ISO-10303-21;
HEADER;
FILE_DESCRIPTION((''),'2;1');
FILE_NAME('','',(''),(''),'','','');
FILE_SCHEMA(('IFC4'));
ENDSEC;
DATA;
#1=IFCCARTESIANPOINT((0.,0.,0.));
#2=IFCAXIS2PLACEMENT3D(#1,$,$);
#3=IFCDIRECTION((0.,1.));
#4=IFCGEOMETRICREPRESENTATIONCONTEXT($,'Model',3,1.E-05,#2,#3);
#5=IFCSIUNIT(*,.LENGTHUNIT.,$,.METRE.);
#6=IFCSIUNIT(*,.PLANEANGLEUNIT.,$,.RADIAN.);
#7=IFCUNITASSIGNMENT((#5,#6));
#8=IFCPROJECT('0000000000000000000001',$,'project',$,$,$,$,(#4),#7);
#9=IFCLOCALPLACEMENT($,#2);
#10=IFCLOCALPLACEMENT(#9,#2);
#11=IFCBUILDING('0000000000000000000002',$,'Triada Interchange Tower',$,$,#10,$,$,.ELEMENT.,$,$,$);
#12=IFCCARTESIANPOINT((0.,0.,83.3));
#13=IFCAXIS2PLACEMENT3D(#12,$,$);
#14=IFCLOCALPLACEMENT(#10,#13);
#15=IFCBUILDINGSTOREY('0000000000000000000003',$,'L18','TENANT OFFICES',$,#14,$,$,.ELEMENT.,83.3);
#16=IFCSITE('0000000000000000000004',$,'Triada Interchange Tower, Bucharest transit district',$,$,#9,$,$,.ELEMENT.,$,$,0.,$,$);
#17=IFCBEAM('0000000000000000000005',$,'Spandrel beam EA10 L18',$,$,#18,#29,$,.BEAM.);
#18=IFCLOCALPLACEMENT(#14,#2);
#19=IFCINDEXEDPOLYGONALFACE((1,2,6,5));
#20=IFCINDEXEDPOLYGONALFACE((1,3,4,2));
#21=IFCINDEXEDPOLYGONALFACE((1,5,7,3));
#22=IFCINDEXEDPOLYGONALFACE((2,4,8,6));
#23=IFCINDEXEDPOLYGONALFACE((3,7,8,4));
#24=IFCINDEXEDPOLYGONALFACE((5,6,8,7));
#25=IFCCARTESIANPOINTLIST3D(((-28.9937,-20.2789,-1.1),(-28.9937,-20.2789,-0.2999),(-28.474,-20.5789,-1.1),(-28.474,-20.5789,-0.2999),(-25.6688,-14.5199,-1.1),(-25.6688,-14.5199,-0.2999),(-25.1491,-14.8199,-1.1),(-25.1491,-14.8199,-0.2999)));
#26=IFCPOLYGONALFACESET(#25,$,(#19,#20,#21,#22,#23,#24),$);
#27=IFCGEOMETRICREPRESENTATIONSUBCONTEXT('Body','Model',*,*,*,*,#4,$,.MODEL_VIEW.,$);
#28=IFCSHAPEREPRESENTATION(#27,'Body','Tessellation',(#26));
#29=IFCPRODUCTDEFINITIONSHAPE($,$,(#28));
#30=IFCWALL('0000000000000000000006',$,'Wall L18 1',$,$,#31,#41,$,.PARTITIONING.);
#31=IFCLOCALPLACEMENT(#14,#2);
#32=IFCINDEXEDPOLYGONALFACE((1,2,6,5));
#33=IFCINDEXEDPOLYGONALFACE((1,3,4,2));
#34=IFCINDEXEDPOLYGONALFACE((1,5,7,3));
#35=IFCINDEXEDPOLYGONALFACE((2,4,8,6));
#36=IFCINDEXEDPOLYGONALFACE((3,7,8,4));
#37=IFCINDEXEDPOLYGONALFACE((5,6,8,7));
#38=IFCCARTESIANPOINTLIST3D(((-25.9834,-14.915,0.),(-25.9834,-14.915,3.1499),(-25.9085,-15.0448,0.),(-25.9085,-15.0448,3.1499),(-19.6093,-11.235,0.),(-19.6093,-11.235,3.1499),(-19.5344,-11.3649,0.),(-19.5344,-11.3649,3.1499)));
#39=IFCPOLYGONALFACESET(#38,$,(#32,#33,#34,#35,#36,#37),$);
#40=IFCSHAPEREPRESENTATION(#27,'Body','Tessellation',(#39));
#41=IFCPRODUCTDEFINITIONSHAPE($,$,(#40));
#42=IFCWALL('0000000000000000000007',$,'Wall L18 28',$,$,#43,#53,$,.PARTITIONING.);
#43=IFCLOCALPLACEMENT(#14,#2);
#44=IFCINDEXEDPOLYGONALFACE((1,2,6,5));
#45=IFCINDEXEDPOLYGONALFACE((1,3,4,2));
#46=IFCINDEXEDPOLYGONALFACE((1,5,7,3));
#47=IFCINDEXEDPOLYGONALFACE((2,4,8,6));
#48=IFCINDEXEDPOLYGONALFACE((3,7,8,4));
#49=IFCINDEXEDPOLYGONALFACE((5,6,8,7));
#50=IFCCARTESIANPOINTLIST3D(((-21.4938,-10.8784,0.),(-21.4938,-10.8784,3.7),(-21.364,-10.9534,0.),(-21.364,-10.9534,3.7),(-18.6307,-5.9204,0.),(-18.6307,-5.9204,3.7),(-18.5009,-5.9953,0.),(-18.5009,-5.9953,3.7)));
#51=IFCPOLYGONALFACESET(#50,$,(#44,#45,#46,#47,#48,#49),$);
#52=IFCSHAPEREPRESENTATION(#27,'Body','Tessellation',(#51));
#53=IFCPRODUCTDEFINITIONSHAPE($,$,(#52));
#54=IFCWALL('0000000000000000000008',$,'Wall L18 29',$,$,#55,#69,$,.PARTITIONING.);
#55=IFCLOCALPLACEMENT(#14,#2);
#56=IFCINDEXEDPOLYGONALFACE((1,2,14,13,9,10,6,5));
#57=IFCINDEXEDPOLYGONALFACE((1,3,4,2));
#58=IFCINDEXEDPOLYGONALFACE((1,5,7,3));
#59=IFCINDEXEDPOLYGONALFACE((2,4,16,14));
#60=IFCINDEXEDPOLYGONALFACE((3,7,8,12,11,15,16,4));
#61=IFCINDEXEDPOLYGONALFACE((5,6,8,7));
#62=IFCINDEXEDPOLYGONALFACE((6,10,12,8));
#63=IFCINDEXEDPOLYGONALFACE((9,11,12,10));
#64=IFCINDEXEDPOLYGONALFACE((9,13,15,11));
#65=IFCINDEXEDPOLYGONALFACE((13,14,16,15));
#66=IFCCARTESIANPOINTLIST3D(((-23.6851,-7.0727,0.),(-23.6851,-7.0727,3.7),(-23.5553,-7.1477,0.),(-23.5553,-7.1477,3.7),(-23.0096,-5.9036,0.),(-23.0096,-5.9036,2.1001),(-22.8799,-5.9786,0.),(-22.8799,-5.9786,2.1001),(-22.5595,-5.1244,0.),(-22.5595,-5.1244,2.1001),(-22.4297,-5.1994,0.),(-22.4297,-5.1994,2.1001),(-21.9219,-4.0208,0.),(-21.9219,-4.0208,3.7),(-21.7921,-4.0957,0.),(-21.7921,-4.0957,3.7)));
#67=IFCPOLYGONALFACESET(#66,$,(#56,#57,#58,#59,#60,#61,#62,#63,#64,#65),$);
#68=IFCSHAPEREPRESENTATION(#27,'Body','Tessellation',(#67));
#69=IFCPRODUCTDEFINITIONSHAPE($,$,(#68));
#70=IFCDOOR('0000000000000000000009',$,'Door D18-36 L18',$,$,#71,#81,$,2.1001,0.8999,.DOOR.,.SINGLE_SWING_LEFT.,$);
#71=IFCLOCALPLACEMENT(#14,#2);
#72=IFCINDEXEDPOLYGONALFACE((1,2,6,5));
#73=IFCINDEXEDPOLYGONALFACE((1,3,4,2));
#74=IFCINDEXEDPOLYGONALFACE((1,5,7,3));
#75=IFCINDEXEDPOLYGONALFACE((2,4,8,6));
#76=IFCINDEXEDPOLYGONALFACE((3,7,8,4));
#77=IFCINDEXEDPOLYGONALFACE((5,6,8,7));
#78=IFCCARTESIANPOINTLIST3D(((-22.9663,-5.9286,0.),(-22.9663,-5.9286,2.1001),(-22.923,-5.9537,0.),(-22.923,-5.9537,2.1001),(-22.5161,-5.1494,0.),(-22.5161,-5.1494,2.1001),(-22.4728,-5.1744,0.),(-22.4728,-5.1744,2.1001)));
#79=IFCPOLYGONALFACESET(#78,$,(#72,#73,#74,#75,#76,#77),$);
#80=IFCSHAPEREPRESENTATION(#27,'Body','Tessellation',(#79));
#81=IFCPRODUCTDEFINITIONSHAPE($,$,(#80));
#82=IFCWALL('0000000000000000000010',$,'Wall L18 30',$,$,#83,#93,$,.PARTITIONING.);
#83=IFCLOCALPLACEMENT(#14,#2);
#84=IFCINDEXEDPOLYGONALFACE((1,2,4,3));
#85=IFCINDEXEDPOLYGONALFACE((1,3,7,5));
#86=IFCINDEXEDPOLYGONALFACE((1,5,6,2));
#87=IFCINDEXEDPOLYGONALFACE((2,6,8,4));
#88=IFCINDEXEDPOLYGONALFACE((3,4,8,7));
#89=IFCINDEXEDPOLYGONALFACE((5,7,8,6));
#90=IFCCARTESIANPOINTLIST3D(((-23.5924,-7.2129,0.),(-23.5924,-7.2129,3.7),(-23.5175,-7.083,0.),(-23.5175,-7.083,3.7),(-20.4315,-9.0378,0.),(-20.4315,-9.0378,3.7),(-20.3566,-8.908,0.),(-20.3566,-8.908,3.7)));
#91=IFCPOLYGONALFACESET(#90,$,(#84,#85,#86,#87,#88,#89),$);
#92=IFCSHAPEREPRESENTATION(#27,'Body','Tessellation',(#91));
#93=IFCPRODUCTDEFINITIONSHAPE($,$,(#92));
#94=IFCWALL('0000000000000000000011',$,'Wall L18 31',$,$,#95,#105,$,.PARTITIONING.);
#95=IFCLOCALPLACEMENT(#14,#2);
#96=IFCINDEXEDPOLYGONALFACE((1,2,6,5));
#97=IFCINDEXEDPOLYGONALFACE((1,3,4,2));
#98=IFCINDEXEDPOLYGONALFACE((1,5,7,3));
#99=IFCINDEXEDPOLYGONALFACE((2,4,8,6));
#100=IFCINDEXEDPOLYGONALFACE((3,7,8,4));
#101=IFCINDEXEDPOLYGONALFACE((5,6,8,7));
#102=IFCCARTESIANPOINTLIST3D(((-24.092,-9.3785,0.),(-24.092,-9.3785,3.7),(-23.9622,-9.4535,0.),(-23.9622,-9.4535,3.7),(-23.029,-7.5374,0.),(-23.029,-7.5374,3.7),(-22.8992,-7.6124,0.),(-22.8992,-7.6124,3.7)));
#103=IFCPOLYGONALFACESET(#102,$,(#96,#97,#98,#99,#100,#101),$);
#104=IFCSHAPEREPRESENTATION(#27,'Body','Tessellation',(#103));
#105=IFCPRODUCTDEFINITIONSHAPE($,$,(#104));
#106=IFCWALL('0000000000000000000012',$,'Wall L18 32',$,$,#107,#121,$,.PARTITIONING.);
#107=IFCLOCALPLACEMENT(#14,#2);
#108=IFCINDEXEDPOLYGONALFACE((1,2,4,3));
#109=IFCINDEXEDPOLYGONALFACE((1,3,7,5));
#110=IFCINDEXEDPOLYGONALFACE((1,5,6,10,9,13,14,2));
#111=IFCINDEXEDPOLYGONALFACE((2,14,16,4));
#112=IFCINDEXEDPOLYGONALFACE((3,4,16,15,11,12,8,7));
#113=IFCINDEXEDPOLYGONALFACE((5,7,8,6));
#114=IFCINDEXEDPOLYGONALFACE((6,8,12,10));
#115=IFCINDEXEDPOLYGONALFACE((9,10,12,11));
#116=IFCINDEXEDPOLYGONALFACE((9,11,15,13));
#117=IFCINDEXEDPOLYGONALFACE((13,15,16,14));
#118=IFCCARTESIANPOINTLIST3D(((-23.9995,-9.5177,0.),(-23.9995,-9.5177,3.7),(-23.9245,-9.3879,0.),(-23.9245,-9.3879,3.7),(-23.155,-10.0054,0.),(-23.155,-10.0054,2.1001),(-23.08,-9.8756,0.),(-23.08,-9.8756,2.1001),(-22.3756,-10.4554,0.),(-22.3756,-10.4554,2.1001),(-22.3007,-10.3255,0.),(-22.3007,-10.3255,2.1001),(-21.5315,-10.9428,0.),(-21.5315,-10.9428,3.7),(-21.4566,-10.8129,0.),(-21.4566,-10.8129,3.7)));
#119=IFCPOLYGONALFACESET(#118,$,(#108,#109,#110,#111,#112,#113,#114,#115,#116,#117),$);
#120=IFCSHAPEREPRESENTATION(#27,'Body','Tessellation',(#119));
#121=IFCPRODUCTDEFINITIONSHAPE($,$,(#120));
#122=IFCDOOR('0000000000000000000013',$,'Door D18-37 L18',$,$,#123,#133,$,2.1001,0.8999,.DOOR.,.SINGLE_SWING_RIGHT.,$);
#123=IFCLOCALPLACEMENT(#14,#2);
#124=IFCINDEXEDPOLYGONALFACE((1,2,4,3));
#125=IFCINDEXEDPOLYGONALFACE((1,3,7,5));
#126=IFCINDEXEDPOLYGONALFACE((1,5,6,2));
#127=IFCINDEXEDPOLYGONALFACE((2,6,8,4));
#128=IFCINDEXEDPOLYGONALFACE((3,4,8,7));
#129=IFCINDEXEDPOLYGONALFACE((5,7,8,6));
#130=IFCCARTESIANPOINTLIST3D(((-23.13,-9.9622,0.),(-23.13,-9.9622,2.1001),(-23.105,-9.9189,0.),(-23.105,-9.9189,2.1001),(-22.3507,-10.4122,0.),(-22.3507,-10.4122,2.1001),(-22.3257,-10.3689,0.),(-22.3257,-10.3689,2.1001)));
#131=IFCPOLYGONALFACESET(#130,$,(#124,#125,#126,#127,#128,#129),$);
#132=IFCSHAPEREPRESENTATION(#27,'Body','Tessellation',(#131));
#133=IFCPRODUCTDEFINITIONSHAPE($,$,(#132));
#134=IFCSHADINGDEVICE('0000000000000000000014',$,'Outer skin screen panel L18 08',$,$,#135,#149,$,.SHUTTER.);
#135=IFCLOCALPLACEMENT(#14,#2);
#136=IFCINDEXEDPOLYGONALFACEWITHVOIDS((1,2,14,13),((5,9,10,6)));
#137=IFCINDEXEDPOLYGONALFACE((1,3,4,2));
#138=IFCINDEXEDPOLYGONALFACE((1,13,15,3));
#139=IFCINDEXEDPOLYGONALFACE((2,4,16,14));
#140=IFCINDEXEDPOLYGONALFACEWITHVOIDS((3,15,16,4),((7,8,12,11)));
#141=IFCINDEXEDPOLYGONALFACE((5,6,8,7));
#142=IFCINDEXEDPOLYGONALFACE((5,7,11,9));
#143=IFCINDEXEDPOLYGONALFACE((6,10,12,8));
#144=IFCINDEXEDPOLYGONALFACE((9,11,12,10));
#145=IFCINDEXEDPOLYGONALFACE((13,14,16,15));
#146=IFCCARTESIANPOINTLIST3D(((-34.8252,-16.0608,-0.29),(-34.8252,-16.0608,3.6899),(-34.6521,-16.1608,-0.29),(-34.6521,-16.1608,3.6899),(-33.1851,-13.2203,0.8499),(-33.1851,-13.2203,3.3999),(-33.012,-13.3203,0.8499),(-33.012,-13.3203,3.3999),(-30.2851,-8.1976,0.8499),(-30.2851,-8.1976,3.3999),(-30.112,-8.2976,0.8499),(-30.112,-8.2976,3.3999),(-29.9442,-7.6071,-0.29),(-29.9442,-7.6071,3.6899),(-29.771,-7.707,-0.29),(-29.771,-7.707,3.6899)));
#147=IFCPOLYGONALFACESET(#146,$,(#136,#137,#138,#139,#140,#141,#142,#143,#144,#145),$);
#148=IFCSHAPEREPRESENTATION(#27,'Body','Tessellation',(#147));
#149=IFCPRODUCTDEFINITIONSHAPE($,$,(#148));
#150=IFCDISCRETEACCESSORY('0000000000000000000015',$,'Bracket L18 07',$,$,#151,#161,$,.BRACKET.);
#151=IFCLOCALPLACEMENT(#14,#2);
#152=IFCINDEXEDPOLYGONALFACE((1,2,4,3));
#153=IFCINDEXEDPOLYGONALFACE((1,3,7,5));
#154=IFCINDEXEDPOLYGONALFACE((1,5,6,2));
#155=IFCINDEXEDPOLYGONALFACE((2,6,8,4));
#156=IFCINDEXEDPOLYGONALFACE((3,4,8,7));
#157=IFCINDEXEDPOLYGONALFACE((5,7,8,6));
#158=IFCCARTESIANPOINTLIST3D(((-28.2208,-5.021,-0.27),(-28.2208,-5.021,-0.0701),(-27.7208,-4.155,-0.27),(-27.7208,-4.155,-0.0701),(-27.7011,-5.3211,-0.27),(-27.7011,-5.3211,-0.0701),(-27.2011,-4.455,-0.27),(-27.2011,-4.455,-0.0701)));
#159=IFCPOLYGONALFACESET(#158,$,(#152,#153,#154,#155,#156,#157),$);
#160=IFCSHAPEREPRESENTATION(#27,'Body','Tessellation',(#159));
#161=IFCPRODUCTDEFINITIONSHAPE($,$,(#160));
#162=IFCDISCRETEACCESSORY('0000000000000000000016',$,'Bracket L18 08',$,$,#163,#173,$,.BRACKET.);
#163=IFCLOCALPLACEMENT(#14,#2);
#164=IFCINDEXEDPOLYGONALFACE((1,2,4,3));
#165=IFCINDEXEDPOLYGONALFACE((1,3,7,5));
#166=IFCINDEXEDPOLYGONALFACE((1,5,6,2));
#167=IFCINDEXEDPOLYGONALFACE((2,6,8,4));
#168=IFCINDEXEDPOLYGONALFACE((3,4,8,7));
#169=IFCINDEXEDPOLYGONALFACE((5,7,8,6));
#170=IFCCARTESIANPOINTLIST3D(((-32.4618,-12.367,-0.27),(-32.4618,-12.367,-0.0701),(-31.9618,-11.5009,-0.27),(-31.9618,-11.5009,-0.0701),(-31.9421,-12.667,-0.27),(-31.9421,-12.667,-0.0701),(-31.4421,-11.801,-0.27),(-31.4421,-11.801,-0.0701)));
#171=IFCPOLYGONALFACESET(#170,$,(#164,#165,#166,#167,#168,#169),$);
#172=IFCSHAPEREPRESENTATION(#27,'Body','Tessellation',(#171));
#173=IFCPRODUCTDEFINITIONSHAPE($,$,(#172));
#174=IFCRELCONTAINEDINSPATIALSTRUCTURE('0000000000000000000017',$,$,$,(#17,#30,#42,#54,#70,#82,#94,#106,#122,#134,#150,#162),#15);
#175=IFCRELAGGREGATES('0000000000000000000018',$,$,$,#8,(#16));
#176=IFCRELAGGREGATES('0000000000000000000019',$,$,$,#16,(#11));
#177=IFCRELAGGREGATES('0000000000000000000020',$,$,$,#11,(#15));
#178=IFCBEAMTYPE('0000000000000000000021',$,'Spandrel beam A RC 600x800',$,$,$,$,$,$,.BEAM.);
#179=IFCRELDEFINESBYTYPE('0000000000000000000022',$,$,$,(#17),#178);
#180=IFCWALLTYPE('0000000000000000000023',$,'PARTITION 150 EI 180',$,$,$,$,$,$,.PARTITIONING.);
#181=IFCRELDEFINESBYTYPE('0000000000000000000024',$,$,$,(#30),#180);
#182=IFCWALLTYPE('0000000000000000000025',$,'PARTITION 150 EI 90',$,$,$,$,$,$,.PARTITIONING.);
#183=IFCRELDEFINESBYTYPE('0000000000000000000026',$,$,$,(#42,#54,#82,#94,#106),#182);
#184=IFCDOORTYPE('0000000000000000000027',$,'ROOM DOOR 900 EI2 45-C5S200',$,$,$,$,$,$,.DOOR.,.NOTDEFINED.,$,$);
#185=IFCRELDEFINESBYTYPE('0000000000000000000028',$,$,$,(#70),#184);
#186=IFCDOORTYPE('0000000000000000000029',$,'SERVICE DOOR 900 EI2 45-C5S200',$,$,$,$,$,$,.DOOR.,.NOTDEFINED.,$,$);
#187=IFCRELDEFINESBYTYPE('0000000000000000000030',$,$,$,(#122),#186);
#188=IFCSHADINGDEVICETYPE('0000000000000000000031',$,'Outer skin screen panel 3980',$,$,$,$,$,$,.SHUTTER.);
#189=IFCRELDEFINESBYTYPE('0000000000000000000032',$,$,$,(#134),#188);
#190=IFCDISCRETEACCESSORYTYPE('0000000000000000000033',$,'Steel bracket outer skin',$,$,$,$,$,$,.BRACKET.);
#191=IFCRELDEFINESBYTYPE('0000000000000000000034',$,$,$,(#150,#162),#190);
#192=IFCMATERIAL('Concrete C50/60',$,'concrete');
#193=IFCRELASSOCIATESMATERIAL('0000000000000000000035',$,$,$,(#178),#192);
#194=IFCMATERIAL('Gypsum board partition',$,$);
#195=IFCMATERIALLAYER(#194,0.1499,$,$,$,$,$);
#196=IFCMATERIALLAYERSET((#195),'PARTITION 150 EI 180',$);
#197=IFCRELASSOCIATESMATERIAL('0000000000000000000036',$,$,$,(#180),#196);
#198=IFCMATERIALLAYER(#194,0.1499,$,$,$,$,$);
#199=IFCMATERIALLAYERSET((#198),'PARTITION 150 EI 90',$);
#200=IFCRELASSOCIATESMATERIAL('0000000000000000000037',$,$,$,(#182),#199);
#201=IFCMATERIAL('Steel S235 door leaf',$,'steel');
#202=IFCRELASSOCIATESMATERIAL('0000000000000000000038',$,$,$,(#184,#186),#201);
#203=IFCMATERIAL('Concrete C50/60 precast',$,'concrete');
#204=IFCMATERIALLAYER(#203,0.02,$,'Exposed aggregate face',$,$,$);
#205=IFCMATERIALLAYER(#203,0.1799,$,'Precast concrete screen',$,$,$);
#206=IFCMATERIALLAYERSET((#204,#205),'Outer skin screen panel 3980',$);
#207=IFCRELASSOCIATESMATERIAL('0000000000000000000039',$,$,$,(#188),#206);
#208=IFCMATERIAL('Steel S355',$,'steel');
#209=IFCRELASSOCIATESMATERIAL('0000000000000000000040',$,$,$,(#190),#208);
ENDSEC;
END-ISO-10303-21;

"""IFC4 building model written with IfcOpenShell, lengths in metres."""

from ifc_helpers import new_model, si_unit, direction, frame, frame_2d, origin, origin_2d, place, context, subcontext, project, spatial, polyline, rectangle, outline, extrude, material, layer, layer_set, material_profile, profile_set, type_object, element, fill, save


model = new_model("IFC4")

# Units and contexts
model_context = context("Model", 3, precision=1e-05, world=origin(), true_north=direction((0.0, 1.0)))
body_context = subcontext(model_context, "Body", "Model", "MODEL_VIEW")
ifc_project = project(units=[si_unit("LENGTHUNIT", "METRE"), si_unit("PLANEANGLEUNIT", "RADIAN")], contexts=[model_context])

# Site, building, storey
site_placement = place(None, origin())
site = spatial("IfcSite", under=ifc_project, at=site_placement, Name="Triada Interchange Tower, Bucharest transit district", CompositionType="ELEMENT", RefElevation=0.0)
building_placement = place(site_placement, origin())
building = spatial("IfcBuilding", under=site, at=building_placement, Name="Triada Interchange Tower", CompositionType="ELEMENT")
storey_placement = place(building_placement, frame((0.0, 0.0, 83.3)))
storey = spatial("IfcBuildingStorey", under=building, at=storey_placement, Name="L18", Description="TENANT OFFICES", CompositionType="ELEMENT", Elevation=83.3)

# Beam
ifc_material_1 = material(Name="Concrete C50/60", Category="concrete")
ifc_material_profile_1 = material_profile(ifc_material_1, rectangle(XDim=0.6001, YDim=0.8, at=origin_2d()), Name="RC 600x800")
ifc_profile_set_1 = profile_set([ifc_material_profile_1], Name="Concrete C50/60")
beam_type_1 = type_object("IfcBeamType", Name="Spandrel beam A RC 600x800", PredefinedType="BEAM", material=ifc_profile_set_1)
beam_1_placement = place(storey_placement, frame((-25.4089, -14.6699, -0.7), z_axis=(-0.499997, -0.866027, 0.0), x_axis=(0.866027, -0.499997, 0.0)))
element("IfcBeam", 1, at=beam_1_placement, inside=storey, type_object=beam_type_1, Name="Spandrel beam EA10 L18", PredefinedType="BEAM", context=body_context, shape_type="SweptSolid", body=[
    extrude(rectangle(XDim=0.6001, YDim=0.8, at=origin_2d()), origin(), (0.0, 0.0, 1.0), 6.6499),
])

# Walls
ifc_material_2 = material(Name="Gypsum board partition")
ifc_layer_1 = layer(ifc_material_2, 0.1499)
ifc_layer_set_1 = layer_set([ifc_layer_1], Name="PARTITION 150 EI 180")
wall_type_1 = type_object("IfcWallType", Name="PARTITION 150 EI 180", PredefinedType="PARTITIONING", material=ifc_layer_set_1)
wall_1_placement = place(storey_placement, frame((-25.946, -14.98, 0.0), z_axis=(0.0, 0.0, 1.0), x_axis=(0.866032, 0.499989, 0.0)))
element("IfcWall", 2, at=wall_1_placement, inside=storey, type_object=wall_type_1, Name="Wall L18 1", PredefinedType="PARTITIONING", context=body_context, shape_type="SweptSolid", body=[
    extrude(rectangle(XDim=7.3601, YDim=0.1499, at=frame_2d((3.6802, 0.0))), origin(), (0.0, 0.0, 1.0), 3.1499),
])
ifc_layer_2 = layer(ifc_material_2, 0.1499)
ifc_layer_set_2 = layer_set([ifc_layer_2], Name="PARTITION 150 EI 90")
wall_type_2 = type_object("IfcWallType", Name="PARTITION 150 EI 90", PredefinedType="PARTITIONING", material=ifc_layer_set_2)
wall_2_placement = place(storey_placement, frame((-21.429, -10.916, 0.0), z_axis=(0.0, 0.0, 1.0), x_axis=(0.500069, 0.865985, 0.0)))
element("IfcWall", 3, at=wall_2_placement, inside=storey, type_object=wall_type_2, Name="Wall L18 28", PredefinedType="PARTITIONING", context=body_context, shape_type="SweptSolid", body=[
    extrude(rectangle(XDim=5.7253, YDim=0.1499, at=frame_2d((2.8628, 0.0))), origin(), (0.0, 0.0, 1.0), 3.7),
])

# Wall, opening, door
wall_3_placement = place(storey_placement, frame((-23.6201, -7.1101, 0.0), z_axis=(0.0, 0.0, 1.0), x_axis=(0.500236, 0.865889, 0.0)))
wall_3 = element("IfcWall", 4, at=wall_3_placement, inside=storey, type_object=wall_type_2, Name="Wall L18 29", PredefinedType="PARTITIONING", context=body_context, shape_type="SweptSolid", body=[
    extrude(rectangle(XDim=3.5247, YDim=0.1499, at=frame_2d((1.7622, 0.0))), origin(), (0.0, 0.0, 1.0), 3.7),
])
opening_1_placement = place(wall_3_placement, frame((1.3501, 0.0, 0.0)))
opening_1 = element("IfcOpeningElement", 5, at=opening_1_placement, cuts=wall_3, PredefinedType="OPENING", context=body_context, shape_type="SweptSolid", body=[
    extrude(rectangle(XDim=0.8999, YDim=2.1001, at=frame_2d((0.45, 1.05))), frame((0.0, 0.085, 0.0), z_axis=(0.0, -1.0, 0.0), x_axis=(1.0, 0.0, 0.0)), (0.0, 0.0, 1.0), 0.1699),
])
ifc_material_3 = material(Name="Steel S235 door leaf", Category="steel")
door_type_1 = type_object("IfcDoorType", Name="ROOM DOOR 900 EI2 45-C5S200", OperationType="NOTDEFINED", PredefinedType="DOOR", material=ifc_material_3)
door_1_placement = place(opening_1_placement, origin())
door_1 = element("IfcDoor", 6, at=door_1_placement, inside=storey, type_object=door_type_1, Name="Door D18-36 L18", OperationType="SINGLE_SWING_LEFT", OverallHeight=2.1001, OverallWidth=0.8999, PredefinedType="DOOR", context=body_context, shape_type="SweptSolid", body=[
    extrude(rectangle(XDim=0.8999, YDim=2.1001, at=frame_2d((0.45, 1.05))), frame((0.0, 0.0249, 0.0), z_axis=(0.0, -1.0, 0.0), x_axis=(1.0, 0.0, 0.0)), (0.0, 0.0, 1.0), 0.05),
])
fill(opening_1, door_1)

# Walls
wall_4_placement = place(storey_placement, frame((-23.5549, -7.1479, 0.0), z_axis=(0.0, 0.0, 1.0), x_axis=(0.866024, -0.500002, 0.0)))
element("IfcWall", 7, at=wall_4_placement, inside=storey, type_object=wall_type_2, Name="Wall L18 30", PredefinedType="PARTITIONING", context=body_context, shape_type="SweptSolid", body=[
    extrude(rectangle(XDim=3.6499, YDim=0.1499, at=frame_2d((1.825, 0.0))), origin(), (0.0, 0.0, 1.0), 3.7),
])
wall_5_placement = place(storey_placement, frame((-24.0271, -9.416, 0.0), z_axis=(0.0, 0.0, 1.0), x_axis=(0.500017, 0.866015, 0.0)))
element("IfcWall", 8, at=wall_5_placement, inside=storey, type_object=wall_type_2, Name="Wall L18 31", PredefinedType="PARTITIONING", context=body_context, shape_type="SweptSolid", body=[
    extrude(rectangle(XDim=2.126, YDim=0.1499, at=frame_2d((1.063, 0.0))), origin(), (0.0, 0.0, 1.0), 3.7),
])

# Wall, opening, door
wall_6_placement = place(storey_placement, frame((-23.9619, -9.4529, 0.0), z_axis=(0.0, 0.0, 1.0), x_axis=(0.866004, -0.500036, 0.0)))
wall_6 = element("IfcWall", 9, at=wall_6_placement, inside=storey, type_object=wall_type_2, Name="Wall L18 32", PredefinedType="PARTITIONING", context=body_context, shape_type="SweptSolid", body=[
    extrude(rectangle(XDim=2.8499, YDim=0.1499, at=frame_2d((1.4248, 0.0))), origin(), (0.0, 0.0, 1.0), 3.7),
])
opening_2_placement = place(wall_6_placement, frame((0.9751, 0.0, 0.0)))
opening_2 = element("IfcOpeningElement", 10, at=opening_2_placement, cuts=wall_6, PredefinedType="OPENING", context=body_context, shape_type="SweptSolid", body=[
    extrude(rectangle(XDim=0.8999, YDim=2.1001, at=frame_2d((0.45, 1.05))), frame((0.0, 0.085, 0.0), z_axis=(0.0, -1.0, 0.0), x_axis=(1.0, 0.0, 0.0)), (0.0, 0.0, 1.0), 0.1699),
])
door_type_2 = type_object("IfcDoorType", Name="SERVICE DOOR 900 EI2 45-C5S200", OperationType="NOTDEFINED", PredefinedType="DOOR", material=ifc_material_3)
door_2_placement = place(opening_2_placement, origin())
door_2 = element("IfcDoor", 11, at=door_2_placement, inside=storey, type_object=door_type_2, Name="Door D18-37 L18", OperationType="SINGLE_SWING_RIGHT", OverallHeight=2.1001, OverallWidth=0.8999, PredefinedType="DOOR", context=body_context, shape_type="SweptSolid", body=[
    extrude(rectangle(XDim=0.8999, YDim=2.1001, at=frame_2d((0.45, 1.05))), frame((0.0, 0.0249, 0.0), z_axis=(0.0, -1.0, 0.0), x_axis=(1.0, 0.0, 0.0)), (0.0, 0.0, 1.0), 0.05),
])
fill(opening_2, door_2)

# Shading device
ifc_material_4 = material(Name="Concrete C50/60 precast", Category="concrete")
ifc_layer_3 = layer(ifc_material_4, 0.02, Name="Exposed aggregate face")
ifc_layer_4 = layer(ifc_material_4, 0.1799, Name="Precast concrete screen")
ifc_layer_set_3 = layer_set([ifc_layer_3, ifc_layer_4], Name="Outer skin screen panel 3980")
shading_device_type = type_object("IfcShadingDeviceType", Name="Outer skin screen panel 3980", PredefinedType="SHUTTER", material=ifc_layer_set_3)
shading_device_placement = place(storey_placement, frame((-29.771, -7.707, -0.29), z_axis=(0.0, 0.0, 1.0), x_axis=(-0.50002, -0.866014, 0.0)))
element("IfcShadingDevice", 12, at=shading_device_placement, inside=storey, type_object=shading_device_type, Name="Outer skin screen panel L18 08", PredefinedType="SHUTTER", context=body_context, shape_type="SweptSolid", body=[
    extrude(outline(polyline([(0.0, 0.0), (9.7617, 0.0), (9.7617, 3.98), (0.0, 3.98), (0.0, 0.0)]), holes=[polyline([(0.6819, 1.1399), (0.6819, 3.6899), (6.4817, 3.6899), (6.4817, 1.1399), (0.6819, 1.1399)])]), frame((0.0, 0.0, 0.0), z_axis=(0.0, -1.0, 0.0), x_axis=(1.0, 0.0, 0.0)), (0.0, 0.0, 1.0), 0.2),
])

# Discrete accessories
ifc_material_5 = material(Name="Steel S355", Category="steel")
discrete_accessory_type = type_object("IfcDiscreteAccessoryType", Name="Steel bracket outer skin", PredefinedType="BRACKET", material=ifc_material_5)
for number, where, z_axis, x_axis, name in (
    (13, (-27.7109, -4.738, -0.27), (0.0, 0.0, 1.0), (-0.866025, 0.5, 0.0), "Bracket L18 07"),
    (14, (-31.9519, -12.084, -0.27), (0.0, 0.0, 1.0), (-0.866025, 0.5, 0.0), "Bracket L18 08"),
):
    element("IfcDiscreteAccessory", number, at=place(storey_placement, frame(where, z_axis=z_axis, x_axis=x_axis)), inside=storey, type_object=discrete_accessory_type, Name=name, PredefinedType="BRACKET", context=body_context, shape_type="SweptSolid", body=[
        extrude(rectangle(XDim=0.6001, YDim=1.0, at=origin_2d()), origin(), (0.0, 0.0, 1.0), 0.2),
    ])

save(model, "model.ifc")
